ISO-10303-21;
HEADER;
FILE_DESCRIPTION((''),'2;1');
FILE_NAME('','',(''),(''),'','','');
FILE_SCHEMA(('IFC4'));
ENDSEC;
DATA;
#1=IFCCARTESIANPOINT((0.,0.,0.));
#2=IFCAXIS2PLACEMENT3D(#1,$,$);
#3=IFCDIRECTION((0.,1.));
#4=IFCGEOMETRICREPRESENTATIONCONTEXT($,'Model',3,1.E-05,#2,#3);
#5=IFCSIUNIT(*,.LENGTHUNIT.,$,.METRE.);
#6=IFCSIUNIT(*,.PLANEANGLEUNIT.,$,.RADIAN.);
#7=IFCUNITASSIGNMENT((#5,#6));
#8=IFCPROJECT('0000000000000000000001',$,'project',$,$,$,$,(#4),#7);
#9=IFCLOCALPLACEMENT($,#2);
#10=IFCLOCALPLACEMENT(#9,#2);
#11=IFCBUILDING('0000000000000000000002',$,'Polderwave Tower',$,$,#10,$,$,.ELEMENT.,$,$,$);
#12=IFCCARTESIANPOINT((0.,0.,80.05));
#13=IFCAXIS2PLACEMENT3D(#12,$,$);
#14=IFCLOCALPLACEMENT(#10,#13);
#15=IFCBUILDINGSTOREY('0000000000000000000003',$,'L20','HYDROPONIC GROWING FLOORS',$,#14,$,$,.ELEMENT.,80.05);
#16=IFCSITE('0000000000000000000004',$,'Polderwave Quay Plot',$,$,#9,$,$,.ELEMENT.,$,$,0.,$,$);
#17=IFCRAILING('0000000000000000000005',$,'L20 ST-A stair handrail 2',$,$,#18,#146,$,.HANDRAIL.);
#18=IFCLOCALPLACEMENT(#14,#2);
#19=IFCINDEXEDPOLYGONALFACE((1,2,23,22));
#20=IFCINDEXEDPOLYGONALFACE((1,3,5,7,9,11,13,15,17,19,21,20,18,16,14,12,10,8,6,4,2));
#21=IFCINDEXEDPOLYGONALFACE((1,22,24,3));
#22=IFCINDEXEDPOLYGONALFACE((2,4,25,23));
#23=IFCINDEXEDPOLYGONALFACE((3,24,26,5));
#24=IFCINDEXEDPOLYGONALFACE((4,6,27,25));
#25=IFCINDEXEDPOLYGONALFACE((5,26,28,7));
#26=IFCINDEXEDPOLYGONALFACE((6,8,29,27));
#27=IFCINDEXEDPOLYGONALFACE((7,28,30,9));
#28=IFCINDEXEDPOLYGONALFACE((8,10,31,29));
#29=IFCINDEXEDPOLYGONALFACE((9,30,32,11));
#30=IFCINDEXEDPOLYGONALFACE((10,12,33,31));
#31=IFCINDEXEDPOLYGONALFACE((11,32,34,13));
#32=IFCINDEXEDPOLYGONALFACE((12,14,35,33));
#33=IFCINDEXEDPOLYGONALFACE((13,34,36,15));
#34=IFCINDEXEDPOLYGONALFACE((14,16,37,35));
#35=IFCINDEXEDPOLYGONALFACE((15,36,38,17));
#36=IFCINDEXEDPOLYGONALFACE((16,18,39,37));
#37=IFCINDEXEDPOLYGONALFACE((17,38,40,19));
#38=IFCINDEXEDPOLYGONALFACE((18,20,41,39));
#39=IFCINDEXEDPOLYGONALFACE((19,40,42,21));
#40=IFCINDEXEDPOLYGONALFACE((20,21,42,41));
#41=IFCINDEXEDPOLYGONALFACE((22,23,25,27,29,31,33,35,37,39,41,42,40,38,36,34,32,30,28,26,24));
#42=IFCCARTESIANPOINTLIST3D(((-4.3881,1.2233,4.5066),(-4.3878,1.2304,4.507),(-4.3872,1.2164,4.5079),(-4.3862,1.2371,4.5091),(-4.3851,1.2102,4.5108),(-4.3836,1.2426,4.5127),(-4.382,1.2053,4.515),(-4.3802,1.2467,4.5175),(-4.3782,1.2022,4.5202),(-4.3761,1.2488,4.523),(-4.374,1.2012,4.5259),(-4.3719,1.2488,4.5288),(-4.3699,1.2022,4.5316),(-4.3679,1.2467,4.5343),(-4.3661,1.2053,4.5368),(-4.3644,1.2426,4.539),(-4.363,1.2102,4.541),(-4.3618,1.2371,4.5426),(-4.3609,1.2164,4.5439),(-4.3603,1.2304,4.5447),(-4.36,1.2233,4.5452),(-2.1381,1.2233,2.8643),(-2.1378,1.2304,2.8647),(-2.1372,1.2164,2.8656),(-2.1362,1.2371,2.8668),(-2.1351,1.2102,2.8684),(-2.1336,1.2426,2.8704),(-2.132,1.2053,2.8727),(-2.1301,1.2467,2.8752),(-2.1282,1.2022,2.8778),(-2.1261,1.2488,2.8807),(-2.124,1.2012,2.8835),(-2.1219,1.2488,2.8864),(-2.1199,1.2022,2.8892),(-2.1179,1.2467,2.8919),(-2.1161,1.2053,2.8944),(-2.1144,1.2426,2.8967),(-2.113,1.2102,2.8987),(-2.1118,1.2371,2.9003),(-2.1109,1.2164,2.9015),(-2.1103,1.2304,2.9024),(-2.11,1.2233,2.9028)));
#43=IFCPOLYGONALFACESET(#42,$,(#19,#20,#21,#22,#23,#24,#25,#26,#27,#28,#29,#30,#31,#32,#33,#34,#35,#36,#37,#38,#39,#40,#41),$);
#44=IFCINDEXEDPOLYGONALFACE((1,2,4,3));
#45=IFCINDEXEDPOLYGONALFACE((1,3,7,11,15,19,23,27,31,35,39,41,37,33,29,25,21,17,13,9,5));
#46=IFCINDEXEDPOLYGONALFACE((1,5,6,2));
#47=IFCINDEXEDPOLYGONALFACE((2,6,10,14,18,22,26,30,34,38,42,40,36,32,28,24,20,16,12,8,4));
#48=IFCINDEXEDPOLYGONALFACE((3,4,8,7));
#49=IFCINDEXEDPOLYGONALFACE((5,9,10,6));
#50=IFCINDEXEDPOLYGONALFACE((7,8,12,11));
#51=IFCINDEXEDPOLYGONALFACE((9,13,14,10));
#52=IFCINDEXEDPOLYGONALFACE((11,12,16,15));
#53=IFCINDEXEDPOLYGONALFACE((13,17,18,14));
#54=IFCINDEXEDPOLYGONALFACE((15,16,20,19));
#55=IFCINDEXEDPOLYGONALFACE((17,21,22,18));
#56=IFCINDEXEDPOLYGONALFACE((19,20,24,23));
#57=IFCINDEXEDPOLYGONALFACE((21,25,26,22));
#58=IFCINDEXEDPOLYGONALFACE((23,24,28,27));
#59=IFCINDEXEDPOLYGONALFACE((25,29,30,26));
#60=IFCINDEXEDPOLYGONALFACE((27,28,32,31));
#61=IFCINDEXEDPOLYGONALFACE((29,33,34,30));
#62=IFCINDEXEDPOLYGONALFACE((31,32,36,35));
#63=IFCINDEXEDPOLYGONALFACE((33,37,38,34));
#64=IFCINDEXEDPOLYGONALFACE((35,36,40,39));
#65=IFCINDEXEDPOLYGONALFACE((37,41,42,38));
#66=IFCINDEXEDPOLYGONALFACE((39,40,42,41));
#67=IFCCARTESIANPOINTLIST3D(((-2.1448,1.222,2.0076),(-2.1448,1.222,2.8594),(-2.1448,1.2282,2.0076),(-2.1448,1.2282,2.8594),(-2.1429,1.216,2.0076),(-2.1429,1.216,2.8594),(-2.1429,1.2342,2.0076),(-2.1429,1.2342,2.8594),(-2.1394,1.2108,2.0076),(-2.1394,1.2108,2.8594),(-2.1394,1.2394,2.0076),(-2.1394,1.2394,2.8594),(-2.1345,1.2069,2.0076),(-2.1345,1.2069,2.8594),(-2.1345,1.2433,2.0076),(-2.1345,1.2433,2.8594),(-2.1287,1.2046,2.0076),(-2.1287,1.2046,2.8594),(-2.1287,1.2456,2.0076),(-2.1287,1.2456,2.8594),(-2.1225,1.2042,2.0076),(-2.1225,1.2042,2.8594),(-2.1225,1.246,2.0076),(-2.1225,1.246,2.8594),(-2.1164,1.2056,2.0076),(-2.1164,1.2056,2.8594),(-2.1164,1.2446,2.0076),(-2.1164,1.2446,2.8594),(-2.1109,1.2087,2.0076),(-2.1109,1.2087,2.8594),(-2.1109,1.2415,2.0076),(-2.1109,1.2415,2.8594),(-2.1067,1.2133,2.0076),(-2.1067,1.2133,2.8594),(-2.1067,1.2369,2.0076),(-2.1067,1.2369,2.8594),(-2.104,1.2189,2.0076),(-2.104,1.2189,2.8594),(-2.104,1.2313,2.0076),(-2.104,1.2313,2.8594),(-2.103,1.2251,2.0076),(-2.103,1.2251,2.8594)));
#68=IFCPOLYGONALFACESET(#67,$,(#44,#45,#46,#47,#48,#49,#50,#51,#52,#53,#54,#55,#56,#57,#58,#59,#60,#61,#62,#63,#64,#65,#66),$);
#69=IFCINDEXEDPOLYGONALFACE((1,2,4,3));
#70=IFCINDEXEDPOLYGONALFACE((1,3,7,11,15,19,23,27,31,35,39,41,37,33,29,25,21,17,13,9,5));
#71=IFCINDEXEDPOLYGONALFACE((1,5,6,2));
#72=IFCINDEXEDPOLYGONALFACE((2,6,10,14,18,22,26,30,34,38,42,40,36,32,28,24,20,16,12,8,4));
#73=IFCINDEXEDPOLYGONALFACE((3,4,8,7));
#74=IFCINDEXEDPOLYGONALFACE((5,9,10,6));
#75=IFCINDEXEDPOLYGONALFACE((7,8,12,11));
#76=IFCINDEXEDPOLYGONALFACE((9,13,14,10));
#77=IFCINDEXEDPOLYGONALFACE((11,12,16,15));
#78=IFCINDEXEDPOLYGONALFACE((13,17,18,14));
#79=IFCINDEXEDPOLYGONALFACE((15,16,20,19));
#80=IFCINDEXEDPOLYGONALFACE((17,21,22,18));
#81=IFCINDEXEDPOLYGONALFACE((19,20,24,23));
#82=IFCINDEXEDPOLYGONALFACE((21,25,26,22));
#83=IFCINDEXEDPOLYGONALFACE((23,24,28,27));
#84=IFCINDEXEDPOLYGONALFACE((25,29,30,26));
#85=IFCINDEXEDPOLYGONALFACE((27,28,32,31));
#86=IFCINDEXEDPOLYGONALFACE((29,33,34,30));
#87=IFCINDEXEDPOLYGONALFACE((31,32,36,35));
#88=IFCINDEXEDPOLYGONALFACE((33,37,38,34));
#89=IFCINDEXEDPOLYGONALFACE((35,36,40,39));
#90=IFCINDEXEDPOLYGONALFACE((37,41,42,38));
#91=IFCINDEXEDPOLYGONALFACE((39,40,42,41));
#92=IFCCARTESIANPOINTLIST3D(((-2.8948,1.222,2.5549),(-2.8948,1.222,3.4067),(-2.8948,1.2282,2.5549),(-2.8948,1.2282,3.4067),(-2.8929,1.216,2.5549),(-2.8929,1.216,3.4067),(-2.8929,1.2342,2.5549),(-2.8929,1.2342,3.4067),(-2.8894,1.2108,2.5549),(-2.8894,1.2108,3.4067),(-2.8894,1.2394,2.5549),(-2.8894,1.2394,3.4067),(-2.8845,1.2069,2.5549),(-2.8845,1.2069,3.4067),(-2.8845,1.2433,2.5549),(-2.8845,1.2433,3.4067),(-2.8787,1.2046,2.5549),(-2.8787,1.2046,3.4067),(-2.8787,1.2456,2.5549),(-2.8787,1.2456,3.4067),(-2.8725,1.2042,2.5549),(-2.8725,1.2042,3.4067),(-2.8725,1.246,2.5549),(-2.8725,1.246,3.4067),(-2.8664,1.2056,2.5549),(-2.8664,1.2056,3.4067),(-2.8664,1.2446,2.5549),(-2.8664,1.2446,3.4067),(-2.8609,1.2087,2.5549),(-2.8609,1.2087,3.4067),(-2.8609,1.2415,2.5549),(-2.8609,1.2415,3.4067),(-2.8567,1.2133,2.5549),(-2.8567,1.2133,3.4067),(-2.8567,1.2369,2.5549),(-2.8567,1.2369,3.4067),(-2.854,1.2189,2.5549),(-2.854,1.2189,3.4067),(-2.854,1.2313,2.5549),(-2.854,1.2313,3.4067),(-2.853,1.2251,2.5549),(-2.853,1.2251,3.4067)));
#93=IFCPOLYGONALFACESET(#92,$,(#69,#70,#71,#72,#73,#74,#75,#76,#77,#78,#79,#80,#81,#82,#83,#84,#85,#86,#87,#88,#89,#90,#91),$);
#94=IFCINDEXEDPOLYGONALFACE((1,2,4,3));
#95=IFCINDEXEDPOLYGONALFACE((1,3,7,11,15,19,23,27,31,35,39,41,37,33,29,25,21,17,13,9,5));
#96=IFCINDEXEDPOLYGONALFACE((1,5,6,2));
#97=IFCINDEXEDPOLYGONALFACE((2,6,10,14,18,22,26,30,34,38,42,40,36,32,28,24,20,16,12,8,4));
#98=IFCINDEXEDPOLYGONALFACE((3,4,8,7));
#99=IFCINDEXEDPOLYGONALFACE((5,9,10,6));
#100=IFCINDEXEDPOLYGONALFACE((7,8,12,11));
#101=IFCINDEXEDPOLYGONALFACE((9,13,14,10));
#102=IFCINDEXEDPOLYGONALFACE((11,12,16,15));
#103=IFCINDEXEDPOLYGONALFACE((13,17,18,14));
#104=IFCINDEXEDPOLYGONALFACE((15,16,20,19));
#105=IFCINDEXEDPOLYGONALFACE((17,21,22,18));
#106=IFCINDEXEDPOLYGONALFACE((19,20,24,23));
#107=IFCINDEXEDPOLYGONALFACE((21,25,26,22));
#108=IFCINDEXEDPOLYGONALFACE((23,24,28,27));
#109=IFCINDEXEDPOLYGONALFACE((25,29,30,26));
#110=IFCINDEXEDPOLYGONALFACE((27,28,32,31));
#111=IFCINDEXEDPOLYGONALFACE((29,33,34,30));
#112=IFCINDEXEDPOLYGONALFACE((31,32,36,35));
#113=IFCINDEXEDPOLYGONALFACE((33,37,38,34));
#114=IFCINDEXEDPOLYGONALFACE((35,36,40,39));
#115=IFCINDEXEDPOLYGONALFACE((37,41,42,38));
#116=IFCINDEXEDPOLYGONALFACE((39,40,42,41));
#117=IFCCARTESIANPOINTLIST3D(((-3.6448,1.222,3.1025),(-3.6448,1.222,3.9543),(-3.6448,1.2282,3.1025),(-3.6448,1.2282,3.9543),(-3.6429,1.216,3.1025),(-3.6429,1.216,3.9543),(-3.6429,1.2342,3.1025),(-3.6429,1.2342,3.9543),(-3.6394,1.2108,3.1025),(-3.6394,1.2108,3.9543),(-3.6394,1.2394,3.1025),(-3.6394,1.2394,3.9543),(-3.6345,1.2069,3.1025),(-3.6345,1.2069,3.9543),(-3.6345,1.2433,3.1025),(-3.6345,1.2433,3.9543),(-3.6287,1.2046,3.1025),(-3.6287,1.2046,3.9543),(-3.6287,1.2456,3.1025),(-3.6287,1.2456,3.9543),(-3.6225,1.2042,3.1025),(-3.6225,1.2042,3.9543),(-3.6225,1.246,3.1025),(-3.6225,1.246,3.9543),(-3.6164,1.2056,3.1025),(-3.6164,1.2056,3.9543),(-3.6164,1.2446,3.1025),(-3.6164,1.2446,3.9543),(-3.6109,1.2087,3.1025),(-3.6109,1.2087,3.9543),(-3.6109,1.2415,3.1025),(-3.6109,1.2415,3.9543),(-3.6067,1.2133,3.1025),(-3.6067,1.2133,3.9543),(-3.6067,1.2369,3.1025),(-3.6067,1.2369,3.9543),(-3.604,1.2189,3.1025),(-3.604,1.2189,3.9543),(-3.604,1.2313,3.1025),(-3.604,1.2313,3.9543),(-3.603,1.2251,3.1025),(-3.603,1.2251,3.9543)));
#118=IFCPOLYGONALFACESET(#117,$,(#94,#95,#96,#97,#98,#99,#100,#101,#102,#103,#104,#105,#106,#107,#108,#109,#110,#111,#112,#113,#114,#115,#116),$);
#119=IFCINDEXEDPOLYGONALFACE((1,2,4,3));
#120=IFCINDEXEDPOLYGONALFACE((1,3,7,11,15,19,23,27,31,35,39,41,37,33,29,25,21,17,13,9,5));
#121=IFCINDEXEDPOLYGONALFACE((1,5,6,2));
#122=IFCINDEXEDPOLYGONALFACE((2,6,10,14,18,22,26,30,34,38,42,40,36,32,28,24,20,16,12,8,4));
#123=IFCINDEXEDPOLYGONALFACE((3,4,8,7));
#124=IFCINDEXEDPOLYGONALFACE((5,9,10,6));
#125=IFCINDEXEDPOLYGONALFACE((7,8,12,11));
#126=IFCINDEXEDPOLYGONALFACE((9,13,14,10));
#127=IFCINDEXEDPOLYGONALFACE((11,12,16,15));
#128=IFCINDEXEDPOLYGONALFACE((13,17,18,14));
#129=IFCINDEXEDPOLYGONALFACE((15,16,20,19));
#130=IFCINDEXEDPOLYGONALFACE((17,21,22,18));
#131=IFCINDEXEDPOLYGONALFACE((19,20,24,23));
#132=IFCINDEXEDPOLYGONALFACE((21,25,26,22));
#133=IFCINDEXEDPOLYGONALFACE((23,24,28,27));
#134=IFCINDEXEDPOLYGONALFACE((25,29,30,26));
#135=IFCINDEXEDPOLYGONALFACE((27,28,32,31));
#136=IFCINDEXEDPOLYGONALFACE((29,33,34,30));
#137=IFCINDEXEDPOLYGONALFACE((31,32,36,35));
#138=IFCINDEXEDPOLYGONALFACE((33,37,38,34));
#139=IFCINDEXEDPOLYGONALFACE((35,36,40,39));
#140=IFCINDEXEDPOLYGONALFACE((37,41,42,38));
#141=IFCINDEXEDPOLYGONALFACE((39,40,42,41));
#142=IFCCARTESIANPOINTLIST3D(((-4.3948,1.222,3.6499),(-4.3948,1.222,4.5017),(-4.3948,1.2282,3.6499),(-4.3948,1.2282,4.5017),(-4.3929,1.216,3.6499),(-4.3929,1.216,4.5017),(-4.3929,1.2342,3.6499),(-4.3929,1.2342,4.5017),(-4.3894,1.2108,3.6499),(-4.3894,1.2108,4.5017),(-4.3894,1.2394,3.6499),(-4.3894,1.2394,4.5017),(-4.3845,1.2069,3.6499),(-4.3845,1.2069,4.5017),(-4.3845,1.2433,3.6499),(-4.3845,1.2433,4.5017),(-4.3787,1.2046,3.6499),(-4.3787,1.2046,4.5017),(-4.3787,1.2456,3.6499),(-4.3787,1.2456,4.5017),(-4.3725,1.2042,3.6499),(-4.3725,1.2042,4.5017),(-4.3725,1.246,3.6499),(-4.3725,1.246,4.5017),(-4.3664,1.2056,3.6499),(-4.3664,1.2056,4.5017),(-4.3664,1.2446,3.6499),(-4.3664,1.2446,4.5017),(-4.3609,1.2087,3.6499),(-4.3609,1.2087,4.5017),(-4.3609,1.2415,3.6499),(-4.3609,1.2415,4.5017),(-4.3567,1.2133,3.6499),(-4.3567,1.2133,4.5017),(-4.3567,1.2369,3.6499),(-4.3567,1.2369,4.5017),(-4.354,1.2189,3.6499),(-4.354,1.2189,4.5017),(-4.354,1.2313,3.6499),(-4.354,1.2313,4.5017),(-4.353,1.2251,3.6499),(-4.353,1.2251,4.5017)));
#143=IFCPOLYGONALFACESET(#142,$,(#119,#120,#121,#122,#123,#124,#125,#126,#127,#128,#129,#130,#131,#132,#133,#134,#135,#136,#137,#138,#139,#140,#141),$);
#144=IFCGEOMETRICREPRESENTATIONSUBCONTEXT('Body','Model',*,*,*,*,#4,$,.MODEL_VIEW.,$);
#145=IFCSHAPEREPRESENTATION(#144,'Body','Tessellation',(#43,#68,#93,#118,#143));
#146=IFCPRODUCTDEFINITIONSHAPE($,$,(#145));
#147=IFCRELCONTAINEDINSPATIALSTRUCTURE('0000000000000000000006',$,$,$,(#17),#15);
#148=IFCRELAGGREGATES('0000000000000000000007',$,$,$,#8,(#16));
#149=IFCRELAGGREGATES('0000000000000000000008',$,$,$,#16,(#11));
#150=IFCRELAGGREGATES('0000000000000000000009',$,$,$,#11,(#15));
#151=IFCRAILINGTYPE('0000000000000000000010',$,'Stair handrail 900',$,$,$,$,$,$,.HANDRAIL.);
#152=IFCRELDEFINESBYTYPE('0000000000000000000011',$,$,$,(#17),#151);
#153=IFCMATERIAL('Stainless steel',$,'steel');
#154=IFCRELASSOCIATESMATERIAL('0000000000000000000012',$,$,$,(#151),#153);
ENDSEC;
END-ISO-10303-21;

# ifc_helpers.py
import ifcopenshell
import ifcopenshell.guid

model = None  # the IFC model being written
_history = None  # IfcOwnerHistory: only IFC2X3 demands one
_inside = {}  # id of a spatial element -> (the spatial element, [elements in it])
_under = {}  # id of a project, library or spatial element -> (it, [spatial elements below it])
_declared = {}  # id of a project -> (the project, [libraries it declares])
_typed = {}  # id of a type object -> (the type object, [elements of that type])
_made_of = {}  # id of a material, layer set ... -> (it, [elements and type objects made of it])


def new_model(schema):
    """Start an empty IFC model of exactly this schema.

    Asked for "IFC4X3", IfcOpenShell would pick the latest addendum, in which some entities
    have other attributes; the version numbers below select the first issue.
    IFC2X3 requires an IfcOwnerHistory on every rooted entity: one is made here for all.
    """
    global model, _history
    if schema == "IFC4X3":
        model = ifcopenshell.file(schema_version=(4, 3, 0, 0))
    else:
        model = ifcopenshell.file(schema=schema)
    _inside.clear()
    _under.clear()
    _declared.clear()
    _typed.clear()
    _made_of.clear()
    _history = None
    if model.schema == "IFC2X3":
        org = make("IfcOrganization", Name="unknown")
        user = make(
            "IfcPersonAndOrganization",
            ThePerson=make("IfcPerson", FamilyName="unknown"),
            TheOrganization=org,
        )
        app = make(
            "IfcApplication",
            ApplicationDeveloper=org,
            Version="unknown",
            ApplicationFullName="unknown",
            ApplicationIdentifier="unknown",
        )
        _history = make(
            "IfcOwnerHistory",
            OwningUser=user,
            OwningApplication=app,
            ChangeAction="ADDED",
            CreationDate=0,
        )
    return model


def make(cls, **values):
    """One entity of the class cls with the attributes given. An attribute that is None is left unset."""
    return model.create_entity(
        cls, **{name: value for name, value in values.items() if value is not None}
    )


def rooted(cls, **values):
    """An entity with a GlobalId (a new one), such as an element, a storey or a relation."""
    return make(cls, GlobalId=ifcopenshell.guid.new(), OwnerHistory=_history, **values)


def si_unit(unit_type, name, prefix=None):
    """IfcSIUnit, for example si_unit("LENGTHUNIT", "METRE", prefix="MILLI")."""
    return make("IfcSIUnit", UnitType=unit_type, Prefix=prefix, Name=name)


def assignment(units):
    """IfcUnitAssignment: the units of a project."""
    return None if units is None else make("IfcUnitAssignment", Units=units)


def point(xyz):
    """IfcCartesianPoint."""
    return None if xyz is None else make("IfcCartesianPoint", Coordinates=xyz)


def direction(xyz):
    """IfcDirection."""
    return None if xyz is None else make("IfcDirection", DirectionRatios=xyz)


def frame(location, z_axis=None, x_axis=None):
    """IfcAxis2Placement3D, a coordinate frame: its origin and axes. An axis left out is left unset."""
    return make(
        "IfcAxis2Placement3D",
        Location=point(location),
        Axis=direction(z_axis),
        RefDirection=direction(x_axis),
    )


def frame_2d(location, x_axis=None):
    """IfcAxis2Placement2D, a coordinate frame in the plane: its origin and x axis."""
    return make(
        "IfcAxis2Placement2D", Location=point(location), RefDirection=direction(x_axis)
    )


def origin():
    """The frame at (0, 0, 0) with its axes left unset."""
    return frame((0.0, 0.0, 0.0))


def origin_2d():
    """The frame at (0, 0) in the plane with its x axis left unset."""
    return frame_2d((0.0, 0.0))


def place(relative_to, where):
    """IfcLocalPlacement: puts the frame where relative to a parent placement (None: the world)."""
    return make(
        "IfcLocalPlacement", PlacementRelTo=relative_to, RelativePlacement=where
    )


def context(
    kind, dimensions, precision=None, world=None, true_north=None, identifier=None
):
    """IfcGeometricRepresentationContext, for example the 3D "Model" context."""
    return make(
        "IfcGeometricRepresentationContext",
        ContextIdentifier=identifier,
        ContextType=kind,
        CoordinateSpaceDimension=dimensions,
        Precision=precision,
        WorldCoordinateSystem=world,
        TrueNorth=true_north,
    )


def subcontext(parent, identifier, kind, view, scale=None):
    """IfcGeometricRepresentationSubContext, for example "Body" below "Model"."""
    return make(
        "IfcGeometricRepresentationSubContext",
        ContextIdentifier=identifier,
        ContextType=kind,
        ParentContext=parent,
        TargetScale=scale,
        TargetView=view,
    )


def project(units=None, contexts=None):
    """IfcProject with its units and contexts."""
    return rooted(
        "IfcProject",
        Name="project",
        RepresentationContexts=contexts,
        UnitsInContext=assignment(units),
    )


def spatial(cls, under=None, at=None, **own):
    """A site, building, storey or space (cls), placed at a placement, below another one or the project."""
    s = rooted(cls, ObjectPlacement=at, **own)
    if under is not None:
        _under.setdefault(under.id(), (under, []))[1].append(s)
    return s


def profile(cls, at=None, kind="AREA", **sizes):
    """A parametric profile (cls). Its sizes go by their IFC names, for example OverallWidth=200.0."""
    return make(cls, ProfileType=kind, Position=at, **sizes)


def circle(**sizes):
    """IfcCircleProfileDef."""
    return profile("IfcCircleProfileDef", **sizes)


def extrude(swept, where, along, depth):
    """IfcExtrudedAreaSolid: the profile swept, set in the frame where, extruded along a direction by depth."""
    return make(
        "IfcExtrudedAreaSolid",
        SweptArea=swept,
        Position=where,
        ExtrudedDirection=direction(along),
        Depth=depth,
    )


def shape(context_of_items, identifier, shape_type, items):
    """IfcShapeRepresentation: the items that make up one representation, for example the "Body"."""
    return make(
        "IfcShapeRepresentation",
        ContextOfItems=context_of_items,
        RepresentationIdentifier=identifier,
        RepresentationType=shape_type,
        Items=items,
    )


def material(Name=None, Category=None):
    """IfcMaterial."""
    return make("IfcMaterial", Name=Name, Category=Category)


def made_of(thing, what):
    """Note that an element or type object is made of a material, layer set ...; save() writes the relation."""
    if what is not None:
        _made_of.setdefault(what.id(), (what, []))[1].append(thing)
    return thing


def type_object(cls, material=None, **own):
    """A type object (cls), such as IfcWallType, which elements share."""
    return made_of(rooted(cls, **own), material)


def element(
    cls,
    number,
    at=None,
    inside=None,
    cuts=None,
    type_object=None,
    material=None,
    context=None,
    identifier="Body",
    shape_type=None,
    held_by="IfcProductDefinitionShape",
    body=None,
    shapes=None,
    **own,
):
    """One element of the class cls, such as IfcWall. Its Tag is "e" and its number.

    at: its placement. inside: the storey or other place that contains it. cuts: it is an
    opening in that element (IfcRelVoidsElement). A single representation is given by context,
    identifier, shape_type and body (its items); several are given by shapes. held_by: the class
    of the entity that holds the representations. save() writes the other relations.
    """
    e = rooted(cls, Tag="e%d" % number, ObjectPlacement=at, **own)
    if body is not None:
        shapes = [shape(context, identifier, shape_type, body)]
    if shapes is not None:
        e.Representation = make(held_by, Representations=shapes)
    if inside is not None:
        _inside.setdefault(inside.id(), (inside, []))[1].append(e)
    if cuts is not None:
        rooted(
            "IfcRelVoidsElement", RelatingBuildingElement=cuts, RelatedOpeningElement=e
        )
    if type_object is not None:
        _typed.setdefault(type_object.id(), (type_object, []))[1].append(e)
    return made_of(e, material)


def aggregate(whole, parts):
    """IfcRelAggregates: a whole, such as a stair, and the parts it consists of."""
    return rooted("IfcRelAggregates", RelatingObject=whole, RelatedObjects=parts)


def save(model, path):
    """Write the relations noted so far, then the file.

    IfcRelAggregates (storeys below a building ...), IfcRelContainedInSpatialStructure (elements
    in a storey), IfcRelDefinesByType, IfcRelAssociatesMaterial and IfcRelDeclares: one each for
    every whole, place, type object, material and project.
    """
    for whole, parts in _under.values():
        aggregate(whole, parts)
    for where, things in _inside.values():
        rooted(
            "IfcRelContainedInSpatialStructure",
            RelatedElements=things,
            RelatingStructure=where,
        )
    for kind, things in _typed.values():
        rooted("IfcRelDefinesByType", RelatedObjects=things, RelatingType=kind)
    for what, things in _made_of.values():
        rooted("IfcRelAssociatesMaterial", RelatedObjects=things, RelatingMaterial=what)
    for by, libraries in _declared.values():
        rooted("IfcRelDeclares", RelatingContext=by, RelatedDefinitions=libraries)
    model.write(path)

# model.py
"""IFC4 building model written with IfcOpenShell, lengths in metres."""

from ifc_helpers import new_model, si_unit, direction, frame, origin, origin_2d, place, context, subcontext, project, spatial, circle, extrude, material, type_object, element, save


model = new_model("IFC4")

# Units and contexts
model_context = context("Model", 3, precision=1e-05, world=origin(), true_north=direction((0.0, 1.0)))
body_context = subcontext(model_context, "Body", "Model", "MODEL_VIEW")
ifc_project = project(units=[si_unit("LENGTHUNIT", "METRE"), si_unit("PLANEANGLEUNIT", "RADIAN")], contexts=[model_context])

# Site, building, storey
site_placement = place(None, origin())
site = spatial("IfcSite", under=ifc_project, at=site_placement, Name="Polderwave Quay Plot", CompositionType="ELEMENT", RefElevation=0.0)
building_placement = place(site_placement, origin())
building = spatial("IfcBuilding", under=site, at=building_placement, Name="Polderwave Tower", CompositionType="ELEMENT")
storey_placement = place(building_placement, frame((0.0, 0.0, 80.05)))
storey = spatial("IfcBuildingStorey", under=building, at=storey_placement, Name="L20", Description="HYDROPONIC GROWING FLOORS", CompositionType="ELEMENT", Elevation=80.05)

# Railing
ifc_material_1 = material(Name="Stainless steel", Category="steel")
railing_type_1 = type_object("IfcRailingType", Name="Stair handrail 900", PredefinedType="HANDRAIL", material=ifc_material_1)
railing_1_placement = place(storey_placement, frame((-2.124, 1.2251, 2.0076)))
element("IfcRailing", 1, at=railing_1_placement, inside=storey, type_object=railing_type_1, Name="L20 ST-A stair handrail 2", PredefinedType="HANDRAIL", context=body_context, shape_type="SweptSolid", body=[
    extrude(circle(Radius=0.0239, at=origin_2d()), frame((0.0, 0.0, 0.876), z_axis=(-0.807715, 0.0, 0.589573), x_axis=(0.0, -1.0, 0.0)), (0.0, 0.0, 1.0), 2.7856),
    extrude(circle(Radius=0.021, at=origin_2d()), origin(), (0.0, 0.0, 1.0), 0.8518),
    extrude(circle(Radius=0.021, at=origin_2d()), frame((-0.75, 0.0, 0.5474)), (0.0, 0.0, 1.0), 0.8518),
    extrude(circle(Radius=0.021, at=origin_2d()), frame((-1.5, 0.0, 1.095)), (0.0, 0.0, 1.0), 0.8518),
    extrude(circle(Radius=0.021, at=origin_2d()), frame((-2.25, 0.0, 1.6423)), (0.0, 0.0, 1.0), 0.8518),
])

save(model, "model.ifc")
